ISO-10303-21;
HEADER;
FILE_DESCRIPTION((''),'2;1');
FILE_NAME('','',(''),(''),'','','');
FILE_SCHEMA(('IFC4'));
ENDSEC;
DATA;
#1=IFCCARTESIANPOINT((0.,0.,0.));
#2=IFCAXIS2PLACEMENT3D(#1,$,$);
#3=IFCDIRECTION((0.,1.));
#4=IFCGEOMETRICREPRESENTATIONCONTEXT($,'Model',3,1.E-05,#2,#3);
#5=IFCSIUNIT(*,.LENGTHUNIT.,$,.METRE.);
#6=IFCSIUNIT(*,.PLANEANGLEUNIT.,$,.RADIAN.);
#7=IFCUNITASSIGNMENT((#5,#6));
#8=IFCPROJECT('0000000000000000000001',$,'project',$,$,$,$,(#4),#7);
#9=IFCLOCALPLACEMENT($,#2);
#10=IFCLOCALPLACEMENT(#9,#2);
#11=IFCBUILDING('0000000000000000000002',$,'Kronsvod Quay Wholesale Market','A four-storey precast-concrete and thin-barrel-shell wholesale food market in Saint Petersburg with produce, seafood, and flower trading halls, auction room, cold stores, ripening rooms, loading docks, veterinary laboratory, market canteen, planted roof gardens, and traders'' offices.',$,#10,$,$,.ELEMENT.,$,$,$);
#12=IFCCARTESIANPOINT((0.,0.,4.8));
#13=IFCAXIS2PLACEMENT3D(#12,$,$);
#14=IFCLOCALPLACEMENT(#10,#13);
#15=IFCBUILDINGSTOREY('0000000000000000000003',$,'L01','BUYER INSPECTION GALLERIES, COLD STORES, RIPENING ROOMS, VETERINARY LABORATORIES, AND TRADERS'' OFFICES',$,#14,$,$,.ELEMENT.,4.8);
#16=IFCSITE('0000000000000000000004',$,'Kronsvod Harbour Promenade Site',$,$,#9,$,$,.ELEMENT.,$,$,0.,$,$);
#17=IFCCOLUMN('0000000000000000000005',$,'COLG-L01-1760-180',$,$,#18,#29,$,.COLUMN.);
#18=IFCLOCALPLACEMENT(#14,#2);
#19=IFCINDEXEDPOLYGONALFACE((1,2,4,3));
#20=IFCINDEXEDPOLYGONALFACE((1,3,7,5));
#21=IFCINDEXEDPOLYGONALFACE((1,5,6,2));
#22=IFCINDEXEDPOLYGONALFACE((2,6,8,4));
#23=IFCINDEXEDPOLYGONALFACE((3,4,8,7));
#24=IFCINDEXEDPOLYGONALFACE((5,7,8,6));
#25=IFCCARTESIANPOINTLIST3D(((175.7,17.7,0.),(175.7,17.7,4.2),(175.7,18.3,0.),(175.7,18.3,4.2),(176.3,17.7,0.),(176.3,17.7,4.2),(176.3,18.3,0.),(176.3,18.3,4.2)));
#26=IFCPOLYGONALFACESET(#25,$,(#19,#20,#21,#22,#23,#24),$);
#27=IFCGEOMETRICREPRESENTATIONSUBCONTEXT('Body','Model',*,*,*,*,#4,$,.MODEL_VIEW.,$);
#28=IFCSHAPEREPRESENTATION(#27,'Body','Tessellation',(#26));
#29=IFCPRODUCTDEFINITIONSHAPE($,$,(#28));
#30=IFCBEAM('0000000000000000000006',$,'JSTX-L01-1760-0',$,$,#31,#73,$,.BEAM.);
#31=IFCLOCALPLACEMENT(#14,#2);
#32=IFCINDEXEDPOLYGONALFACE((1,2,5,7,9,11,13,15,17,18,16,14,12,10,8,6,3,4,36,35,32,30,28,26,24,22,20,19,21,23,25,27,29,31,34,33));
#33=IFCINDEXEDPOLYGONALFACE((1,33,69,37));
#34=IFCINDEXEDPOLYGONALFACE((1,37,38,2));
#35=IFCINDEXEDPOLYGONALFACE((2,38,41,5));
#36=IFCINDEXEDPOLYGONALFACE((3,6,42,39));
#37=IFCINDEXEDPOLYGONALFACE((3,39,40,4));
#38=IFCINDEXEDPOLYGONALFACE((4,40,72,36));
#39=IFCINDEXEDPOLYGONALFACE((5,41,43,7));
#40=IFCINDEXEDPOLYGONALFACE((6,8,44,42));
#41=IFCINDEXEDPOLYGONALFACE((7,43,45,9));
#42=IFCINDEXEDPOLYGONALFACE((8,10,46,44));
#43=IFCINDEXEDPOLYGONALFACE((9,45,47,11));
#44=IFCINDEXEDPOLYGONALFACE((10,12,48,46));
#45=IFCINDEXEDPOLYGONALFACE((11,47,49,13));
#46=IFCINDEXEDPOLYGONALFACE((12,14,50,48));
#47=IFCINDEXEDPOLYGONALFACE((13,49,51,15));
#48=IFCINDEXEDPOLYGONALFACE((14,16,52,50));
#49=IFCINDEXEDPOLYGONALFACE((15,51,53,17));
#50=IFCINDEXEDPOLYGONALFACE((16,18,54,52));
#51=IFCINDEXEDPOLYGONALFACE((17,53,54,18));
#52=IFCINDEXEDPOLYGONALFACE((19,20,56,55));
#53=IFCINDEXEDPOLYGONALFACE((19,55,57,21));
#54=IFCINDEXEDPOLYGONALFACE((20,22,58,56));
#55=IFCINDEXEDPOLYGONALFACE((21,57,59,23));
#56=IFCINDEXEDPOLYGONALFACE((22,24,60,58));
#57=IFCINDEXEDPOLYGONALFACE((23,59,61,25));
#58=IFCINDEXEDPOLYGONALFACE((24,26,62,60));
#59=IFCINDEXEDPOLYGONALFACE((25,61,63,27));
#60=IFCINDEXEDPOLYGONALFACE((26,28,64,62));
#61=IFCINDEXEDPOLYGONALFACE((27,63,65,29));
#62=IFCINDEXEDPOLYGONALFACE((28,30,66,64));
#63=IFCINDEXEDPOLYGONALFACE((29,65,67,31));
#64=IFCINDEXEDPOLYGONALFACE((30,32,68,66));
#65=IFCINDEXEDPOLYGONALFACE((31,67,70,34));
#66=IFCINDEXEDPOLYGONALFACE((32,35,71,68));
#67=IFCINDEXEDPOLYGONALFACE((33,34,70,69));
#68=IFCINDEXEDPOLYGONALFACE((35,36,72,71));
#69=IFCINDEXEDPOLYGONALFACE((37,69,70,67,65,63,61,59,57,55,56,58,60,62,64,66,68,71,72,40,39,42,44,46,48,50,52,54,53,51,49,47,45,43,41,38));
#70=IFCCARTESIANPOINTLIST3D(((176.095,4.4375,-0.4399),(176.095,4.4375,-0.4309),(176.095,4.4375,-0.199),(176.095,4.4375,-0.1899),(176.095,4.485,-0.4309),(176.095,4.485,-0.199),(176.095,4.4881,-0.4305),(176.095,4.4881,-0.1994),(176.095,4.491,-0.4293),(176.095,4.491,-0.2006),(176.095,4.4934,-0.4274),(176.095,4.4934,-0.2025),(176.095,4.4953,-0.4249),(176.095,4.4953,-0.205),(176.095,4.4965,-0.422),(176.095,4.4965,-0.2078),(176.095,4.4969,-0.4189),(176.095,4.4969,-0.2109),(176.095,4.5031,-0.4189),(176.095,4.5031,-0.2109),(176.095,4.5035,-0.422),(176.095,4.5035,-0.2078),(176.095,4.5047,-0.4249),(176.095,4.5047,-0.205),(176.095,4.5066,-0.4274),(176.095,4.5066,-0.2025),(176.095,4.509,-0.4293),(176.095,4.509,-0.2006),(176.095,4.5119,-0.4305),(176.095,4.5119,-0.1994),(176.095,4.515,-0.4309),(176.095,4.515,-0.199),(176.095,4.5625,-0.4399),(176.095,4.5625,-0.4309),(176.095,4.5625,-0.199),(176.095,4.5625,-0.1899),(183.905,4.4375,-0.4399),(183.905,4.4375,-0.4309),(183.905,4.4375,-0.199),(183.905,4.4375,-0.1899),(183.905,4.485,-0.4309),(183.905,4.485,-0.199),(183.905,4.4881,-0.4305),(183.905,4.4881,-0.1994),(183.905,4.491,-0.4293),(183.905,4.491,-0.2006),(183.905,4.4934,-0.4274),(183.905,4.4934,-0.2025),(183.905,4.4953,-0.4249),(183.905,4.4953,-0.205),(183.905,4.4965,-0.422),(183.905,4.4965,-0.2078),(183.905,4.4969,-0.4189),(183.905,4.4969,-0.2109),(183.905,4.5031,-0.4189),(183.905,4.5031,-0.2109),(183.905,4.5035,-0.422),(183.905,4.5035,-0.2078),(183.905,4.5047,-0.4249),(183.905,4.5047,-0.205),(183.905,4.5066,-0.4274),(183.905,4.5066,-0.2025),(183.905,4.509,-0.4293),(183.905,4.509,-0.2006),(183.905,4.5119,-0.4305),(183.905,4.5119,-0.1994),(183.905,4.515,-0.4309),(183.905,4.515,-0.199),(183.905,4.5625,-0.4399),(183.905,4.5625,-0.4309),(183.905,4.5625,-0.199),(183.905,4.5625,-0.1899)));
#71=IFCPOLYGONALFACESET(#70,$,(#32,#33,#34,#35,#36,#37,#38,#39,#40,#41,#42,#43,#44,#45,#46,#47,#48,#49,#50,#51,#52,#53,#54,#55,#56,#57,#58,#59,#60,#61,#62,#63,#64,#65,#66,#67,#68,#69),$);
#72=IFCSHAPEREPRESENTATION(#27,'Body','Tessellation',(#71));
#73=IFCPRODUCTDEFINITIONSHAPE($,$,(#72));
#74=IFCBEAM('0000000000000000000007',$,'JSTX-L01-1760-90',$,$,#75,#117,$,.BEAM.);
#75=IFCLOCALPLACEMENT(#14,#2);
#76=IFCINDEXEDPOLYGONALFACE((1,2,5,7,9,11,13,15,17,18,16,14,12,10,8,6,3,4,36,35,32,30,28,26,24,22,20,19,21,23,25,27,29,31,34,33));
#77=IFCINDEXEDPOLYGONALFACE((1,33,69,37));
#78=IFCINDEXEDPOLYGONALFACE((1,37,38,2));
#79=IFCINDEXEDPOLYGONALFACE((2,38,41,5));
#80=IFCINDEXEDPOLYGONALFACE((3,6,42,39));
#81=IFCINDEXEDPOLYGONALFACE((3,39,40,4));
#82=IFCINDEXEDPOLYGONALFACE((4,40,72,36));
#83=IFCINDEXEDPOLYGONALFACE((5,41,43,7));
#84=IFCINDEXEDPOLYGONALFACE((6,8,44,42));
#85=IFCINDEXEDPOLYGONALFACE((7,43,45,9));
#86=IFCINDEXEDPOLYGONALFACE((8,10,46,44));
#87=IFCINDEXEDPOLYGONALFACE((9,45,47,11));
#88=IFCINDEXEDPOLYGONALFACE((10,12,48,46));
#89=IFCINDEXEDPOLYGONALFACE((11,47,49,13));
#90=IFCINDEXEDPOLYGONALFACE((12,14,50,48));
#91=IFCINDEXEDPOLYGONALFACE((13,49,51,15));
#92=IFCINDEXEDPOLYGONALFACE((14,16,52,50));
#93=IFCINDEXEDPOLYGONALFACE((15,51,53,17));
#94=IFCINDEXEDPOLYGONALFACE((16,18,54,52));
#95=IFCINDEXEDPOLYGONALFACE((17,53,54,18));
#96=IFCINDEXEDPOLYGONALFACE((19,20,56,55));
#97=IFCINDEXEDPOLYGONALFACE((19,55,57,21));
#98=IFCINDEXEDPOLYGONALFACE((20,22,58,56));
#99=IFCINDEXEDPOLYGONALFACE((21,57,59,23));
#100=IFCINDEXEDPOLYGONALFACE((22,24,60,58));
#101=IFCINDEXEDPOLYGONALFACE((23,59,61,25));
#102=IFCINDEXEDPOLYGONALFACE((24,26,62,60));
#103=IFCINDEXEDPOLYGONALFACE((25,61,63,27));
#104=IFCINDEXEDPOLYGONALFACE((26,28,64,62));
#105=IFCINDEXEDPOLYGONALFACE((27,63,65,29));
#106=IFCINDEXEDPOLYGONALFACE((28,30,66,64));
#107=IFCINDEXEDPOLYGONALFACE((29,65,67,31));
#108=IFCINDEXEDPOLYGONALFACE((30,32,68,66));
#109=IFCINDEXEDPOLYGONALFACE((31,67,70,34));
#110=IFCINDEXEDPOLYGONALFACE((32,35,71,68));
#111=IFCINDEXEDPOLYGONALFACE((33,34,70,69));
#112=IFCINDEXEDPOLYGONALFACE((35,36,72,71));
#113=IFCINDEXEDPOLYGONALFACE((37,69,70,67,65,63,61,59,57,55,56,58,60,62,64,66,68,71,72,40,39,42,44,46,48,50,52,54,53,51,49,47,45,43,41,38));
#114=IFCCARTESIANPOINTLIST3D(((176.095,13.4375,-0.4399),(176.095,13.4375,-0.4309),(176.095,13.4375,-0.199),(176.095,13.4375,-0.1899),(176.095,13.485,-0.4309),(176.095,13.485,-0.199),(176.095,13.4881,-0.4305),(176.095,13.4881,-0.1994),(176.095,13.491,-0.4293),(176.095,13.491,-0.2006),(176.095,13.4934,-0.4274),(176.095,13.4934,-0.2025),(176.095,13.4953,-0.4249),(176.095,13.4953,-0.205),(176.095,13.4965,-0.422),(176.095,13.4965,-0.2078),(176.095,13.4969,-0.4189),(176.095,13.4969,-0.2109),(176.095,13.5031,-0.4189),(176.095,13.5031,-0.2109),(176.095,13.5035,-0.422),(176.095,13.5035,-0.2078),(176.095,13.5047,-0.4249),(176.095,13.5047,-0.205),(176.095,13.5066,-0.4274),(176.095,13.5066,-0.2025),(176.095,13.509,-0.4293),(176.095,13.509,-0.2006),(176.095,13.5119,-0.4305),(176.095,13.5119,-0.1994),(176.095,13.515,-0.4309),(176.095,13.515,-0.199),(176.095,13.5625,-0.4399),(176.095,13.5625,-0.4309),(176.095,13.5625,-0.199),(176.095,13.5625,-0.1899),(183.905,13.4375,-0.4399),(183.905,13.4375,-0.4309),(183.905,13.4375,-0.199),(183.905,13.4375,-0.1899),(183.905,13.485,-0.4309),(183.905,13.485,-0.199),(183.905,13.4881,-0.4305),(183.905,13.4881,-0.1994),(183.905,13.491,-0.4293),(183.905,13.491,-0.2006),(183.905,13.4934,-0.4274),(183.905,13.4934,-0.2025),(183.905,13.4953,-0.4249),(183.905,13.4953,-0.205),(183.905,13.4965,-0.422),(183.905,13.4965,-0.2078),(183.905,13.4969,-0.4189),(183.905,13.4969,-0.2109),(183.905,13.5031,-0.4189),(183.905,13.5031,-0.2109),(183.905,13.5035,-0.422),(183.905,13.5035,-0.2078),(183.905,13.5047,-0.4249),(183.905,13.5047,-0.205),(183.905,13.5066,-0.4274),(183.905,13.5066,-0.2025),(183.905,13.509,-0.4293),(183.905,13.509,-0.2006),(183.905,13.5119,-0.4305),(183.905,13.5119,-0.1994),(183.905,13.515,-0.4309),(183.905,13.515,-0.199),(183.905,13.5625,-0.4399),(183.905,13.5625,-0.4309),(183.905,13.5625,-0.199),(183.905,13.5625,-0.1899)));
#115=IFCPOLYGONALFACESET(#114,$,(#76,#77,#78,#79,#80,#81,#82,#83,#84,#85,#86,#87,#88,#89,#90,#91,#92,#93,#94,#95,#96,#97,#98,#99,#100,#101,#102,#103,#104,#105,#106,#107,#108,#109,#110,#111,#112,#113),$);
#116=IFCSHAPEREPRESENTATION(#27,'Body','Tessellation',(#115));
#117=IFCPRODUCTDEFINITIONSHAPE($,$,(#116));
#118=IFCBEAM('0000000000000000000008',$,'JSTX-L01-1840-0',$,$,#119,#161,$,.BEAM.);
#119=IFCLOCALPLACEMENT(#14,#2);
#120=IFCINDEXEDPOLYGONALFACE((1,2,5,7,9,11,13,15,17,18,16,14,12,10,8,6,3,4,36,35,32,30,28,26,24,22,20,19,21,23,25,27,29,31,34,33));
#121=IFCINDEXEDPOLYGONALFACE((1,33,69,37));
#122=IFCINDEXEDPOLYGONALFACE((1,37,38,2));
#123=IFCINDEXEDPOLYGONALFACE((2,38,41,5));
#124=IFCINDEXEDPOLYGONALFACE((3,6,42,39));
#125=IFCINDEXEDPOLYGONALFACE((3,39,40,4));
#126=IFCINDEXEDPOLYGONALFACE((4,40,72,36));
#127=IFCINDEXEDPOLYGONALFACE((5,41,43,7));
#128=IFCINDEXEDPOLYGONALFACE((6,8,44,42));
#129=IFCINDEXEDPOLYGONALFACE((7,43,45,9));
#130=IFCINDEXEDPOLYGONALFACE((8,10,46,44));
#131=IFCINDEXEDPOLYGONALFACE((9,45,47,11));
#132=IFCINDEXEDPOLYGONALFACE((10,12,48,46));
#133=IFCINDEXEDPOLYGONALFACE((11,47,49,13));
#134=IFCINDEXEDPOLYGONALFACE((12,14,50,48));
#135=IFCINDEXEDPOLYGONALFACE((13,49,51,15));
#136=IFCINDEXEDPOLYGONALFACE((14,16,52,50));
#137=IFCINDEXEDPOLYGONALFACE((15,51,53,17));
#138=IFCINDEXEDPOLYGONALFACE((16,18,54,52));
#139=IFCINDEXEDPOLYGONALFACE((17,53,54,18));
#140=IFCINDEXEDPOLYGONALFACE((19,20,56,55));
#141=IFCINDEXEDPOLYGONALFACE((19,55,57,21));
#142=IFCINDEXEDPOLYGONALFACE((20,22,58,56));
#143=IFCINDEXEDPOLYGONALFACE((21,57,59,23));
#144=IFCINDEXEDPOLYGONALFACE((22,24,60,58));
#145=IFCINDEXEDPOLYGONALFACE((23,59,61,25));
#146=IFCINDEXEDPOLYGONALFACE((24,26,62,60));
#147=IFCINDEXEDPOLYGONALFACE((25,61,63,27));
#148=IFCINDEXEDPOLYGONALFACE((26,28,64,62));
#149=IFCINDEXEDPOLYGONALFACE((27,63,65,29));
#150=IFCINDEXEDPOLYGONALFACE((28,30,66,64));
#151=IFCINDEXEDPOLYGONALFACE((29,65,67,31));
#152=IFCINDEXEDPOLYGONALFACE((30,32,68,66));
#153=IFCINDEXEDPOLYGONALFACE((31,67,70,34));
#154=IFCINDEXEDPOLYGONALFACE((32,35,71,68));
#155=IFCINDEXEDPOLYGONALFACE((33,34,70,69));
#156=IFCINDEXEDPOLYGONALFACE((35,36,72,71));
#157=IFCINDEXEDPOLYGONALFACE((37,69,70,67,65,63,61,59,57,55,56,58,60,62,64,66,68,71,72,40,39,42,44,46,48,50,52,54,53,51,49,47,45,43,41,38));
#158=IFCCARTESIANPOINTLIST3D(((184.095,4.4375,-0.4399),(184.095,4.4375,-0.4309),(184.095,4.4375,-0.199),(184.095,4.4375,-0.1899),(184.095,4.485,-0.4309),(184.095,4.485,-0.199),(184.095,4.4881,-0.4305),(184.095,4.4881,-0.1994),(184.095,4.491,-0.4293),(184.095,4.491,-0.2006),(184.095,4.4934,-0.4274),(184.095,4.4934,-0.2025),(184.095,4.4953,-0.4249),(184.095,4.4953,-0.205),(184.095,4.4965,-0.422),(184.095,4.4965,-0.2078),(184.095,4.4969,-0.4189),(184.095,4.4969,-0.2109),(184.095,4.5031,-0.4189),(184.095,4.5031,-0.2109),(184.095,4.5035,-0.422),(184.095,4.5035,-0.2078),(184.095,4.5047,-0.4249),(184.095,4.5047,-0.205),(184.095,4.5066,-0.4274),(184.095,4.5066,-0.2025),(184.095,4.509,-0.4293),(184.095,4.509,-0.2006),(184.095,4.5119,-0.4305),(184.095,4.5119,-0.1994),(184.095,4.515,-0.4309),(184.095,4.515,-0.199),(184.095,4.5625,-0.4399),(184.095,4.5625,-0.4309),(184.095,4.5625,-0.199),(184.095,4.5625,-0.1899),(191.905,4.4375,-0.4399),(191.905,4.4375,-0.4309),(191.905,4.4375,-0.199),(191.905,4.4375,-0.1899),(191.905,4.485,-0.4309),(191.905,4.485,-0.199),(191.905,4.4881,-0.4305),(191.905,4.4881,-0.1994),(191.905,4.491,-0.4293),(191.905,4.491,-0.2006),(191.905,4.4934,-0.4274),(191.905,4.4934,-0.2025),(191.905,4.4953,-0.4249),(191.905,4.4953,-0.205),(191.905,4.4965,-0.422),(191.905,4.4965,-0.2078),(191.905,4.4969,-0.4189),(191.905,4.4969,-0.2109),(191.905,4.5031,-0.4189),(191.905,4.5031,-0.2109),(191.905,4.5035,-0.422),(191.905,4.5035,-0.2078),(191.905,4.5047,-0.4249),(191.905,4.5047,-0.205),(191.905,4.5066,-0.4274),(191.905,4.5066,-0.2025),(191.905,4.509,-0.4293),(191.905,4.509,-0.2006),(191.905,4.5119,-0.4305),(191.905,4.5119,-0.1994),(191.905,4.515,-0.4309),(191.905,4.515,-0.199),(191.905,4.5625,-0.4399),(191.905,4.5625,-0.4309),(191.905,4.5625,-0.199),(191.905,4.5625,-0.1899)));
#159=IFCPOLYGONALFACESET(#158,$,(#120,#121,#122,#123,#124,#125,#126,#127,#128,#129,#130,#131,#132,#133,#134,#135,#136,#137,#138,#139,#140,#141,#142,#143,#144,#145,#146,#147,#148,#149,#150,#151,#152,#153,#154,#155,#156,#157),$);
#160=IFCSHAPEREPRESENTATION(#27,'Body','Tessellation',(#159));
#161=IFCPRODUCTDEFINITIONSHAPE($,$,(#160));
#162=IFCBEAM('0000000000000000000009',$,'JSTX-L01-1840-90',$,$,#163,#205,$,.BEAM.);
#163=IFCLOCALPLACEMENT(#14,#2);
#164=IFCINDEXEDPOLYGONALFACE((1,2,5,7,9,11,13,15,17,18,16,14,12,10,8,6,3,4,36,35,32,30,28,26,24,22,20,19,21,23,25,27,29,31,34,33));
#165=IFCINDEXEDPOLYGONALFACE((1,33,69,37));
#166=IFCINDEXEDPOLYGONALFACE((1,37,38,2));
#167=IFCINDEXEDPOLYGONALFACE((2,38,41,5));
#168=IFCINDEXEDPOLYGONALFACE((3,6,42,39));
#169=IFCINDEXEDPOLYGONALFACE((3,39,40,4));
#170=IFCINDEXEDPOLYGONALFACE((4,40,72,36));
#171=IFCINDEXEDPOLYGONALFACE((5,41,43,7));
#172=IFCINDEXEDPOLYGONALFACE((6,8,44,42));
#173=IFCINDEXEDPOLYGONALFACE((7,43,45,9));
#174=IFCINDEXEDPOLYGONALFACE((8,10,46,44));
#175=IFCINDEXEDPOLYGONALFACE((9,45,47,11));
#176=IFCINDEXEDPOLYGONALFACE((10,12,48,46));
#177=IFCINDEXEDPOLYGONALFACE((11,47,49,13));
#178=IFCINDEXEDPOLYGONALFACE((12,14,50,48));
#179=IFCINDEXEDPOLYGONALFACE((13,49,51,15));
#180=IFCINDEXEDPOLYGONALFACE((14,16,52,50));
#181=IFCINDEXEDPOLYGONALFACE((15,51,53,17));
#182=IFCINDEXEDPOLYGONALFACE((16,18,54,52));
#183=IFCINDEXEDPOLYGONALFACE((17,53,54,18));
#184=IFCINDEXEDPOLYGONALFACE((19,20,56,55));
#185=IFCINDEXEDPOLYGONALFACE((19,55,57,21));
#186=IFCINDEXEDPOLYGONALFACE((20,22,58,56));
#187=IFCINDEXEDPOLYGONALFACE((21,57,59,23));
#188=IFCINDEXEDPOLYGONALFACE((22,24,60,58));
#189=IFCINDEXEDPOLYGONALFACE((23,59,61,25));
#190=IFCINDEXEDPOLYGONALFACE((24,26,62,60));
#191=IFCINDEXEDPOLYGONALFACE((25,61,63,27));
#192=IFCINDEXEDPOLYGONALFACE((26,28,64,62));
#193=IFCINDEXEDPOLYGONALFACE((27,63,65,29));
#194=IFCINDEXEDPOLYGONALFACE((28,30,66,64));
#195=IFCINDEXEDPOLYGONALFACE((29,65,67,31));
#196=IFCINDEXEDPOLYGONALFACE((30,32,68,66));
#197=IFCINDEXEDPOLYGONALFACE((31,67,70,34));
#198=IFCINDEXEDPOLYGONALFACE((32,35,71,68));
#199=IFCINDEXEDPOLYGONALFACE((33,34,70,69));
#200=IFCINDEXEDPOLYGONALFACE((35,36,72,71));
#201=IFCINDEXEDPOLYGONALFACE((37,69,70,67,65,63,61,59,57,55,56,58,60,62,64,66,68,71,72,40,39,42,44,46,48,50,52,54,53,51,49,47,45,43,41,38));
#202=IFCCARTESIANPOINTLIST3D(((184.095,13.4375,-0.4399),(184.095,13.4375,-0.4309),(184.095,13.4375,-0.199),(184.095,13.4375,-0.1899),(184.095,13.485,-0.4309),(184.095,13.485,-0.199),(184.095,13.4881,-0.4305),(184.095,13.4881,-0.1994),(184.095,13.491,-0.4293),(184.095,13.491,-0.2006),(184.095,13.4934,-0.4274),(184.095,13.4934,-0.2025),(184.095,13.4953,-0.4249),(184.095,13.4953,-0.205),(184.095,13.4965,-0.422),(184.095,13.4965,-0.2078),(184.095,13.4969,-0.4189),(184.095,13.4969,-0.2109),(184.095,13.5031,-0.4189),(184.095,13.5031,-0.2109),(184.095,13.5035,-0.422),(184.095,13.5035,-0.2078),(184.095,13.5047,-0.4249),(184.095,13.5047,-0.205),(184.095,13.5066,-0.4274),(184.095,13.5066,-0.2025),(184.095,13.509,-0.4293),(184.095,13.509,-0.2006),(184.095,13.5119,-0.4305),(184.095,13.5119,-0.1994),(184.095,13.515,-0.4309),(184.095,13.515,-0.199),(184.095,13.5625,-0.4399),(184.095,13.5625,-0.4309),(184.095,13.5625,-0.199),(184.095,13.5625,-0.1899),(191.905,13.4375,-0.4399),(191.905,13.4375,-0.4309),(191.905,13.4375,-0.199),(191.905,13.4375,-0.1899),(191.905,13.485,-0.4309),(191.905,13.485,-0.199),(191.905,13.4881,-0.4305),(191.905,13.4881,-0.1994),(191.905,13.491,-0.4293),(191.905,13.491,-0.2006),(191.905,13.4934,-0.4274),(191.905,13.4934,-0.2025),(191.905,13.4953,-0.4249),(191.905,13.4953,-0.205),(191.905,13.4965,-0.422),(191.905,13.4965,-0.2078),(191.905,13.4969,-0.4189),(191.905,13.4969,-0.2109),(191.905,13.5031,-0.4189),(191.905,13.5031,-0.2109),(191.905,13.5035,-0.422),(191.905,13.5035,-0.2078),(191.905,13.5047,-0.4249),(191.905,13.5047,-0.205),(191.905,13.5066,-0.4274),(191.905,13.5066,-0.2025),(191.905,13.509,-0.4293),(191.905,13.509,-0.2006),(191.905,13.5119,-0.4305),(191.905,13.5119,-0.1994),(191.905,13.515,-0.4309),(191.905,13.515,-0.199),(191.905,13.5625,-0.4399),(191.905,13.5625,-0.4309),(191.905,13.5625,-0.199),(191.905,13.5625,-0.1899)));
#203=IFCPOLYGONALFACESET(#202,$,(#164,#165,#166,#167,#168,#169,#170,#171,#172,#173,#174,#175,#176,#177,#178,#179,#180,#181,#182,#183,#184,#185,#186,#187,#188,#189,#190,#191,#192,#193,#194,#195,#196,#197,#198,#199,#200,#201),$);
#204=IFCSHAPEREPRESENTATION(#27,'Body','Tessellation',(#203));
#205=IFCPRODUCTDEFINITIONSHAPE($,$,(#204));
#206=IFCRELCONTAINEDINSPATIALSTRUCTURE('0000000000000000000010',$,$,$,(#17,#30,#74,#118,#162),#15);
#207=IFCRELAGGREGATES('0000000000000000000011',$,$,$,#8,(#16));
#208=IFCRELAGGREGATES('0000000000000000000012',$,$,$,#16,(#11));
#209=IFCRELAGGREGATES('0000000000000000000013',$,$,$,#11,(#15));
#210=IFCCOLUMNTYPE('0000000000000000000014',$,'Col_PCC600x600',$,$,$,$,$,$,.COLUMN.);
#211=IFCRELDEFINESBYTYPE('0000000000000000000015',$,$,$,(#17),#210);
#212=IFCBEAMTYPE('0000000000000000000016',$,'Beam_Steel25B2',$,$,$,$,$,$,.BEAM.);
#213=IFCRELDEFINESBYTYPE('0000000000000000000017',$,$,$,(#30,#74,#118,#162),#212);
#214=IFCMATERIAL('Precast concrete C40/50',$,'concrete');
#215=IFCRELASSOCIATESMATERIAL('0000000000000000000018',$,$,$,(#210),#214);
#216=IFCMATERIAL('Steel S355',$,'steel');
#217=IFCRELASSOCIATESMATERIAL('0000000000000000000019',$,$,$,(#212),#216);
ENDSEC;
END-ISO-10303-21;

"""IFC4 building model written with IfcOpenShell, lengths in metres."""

from ifc_helpers import new_model, si_unit, direction, frame, origin, origin_2d, place, context, subcontext, project, spatial, rectangle, i_section, extrude, material, material_profile, profile_set, type_object, element, save


model = new_model("IFC4")

# Units and contexts
model_context = context("Model", 3, precision=1e-05, world=origin(), true_north=direction((0.0, 1.0)))
body_context = subcontext(model_context, "Body", "Model", "MODEL_VIEW")
ifc_project = project(units=[si_unit("LENGTHUNIT", "METRE"), si_unit("PLANEANGLEUNIT", "RADIAN")], contexts=[model_context])

# Site, building, storey
site_placement = place(None, origin())
site = spatial("IfcSite", under=ifc_project, at=site_placement, Name="Kronsvod Harbour Promenade Site", CompositionType="ELEMENT", RefElevation=0.0)
building_placement = place(site_placement, origin())
building = spatial("IfcBuilding", under=site, at=building_placement, Name="Kronsvod Quay Wholesale Market", Description="A four-storey precast-concrete and thin-barrel-shell wholesale food market in Saint Petersburg with produce, seafood, and flower trading halls, auction room, cold stores, ripening rooms, loading docks, veterinary laboratory, market canteen, planted roof gardens, and traders' offices.", CompositionType="ELEMENT")
storey_placement = place(building_placement, frame((0.0, 0.0, 4.8)))
storey = spatial("IfcBuildingStorey", under=building, at=storey_placement, Name="L01", Description="BUYER INSPECTION GALLERIES, COLD STORES, RIPENING ROOMS, VETERINARY LABORATORIES, AND TRADERS' OFFICES", CompositionType="ELEMENT", Elevation=4.8)

# Column
ifc_material_1 = material(Name="Precast concrete C40/50", Category="concrete")
ifc_material_profile_1 = material_profile(ifc_material_1, rectangle(XDim=0.6001, YDim=0.6001, at=origin_2d()), Name="PCC600x600")
ifc_profile_set_1 = profile_set([ifc_material_profile_1], Name="Precast concrete C40/50")
column_type = type_object("IfcColumnType", Name="Col_PCC600x600", PredefinedType="COLUMN", material=ifc_profile_set_1)
column_placement = place(storey_placement, frame((176.0, 18.0, 0.0), z_axis=(0.0, 0.0, 1.0), x_axis=(1.0, 0.0, 0.0)))
element("IfcColumn", 1, at=column_placement, inside=storey, type_object=column_type, Name="COLG-L01-1760-180", PredefinedType="COLUMN", context=body_context, shape_type="SweptSolid", body=[
    extrude(rectangle(XDim=0.6001, YDim=0.6001, at=origin_2d()), origin(), (0.0, 0.0, 1.0), 4.2),
])

# Beams
ifc_material_2 = material(Name="Steel S355", Category="steel")
ifc_material_profile_2 = material_profile(ifc_material_2, i_section(OverallWidth=0.125, OverallDepth=0.25, WebThickness=0.0061, FlangeThickness=0.009, FilletRadius=0.012, at=origin_2d()), Name="25B2")
ifc_profile_set_2 = profile_set([ifc_material_profile_2], Name="Steel S355")
beam_type_1 = type_object("IfcBeamType", Name="Beam_Steel25B2", PredefinedType="BEAM", material=ifc_profile_set_2)
for number, where, z_axis, x_axis, name in (
    (2, (176.095, 4.5, -0.3149), (1.0, 0.0, 0.0), (0.0, 1.0, 0.0), "JSTX-L01-1760-0"),
    (3, (176.095, 13.5, -0.3149), (1.0, 0.0, 0.0), (0.0, 1.0, 0.0), "JSTX-L01-1760-90"),
    (4, (184.095, 4.5, -0.3149), (1.0, 0.0, 0.0), (0.0, 1.0, 0.0), "JSTX-L01-1840-0"),
    (5, (184.095, 13.5, -0.3149), (1.0, 0.0, 0.0), (0.0, 1.0, 0.0), "JSTX-L01-1840-90"),
):
    element("IfcBeam", number, at=place(storey_placement, frame(where, z_axis=z_axis, x_axis=x_axis)), inside=storey, type_object=beam_type_1, Name=name, PredefinedType="BEAM", context=body_context, shape_type="SweptSolid", body=[
        extrude(i_section(OverallWidth=0.125, OverallDepth=0.25, WebThickness=0.0061, FlangeThickness=0.009, FilletRadius=0.012, at=origin_2d()), origin(), (0.0, 0.0, 1.0), 7.8101),
    ])

save(model, "model.ifc")
